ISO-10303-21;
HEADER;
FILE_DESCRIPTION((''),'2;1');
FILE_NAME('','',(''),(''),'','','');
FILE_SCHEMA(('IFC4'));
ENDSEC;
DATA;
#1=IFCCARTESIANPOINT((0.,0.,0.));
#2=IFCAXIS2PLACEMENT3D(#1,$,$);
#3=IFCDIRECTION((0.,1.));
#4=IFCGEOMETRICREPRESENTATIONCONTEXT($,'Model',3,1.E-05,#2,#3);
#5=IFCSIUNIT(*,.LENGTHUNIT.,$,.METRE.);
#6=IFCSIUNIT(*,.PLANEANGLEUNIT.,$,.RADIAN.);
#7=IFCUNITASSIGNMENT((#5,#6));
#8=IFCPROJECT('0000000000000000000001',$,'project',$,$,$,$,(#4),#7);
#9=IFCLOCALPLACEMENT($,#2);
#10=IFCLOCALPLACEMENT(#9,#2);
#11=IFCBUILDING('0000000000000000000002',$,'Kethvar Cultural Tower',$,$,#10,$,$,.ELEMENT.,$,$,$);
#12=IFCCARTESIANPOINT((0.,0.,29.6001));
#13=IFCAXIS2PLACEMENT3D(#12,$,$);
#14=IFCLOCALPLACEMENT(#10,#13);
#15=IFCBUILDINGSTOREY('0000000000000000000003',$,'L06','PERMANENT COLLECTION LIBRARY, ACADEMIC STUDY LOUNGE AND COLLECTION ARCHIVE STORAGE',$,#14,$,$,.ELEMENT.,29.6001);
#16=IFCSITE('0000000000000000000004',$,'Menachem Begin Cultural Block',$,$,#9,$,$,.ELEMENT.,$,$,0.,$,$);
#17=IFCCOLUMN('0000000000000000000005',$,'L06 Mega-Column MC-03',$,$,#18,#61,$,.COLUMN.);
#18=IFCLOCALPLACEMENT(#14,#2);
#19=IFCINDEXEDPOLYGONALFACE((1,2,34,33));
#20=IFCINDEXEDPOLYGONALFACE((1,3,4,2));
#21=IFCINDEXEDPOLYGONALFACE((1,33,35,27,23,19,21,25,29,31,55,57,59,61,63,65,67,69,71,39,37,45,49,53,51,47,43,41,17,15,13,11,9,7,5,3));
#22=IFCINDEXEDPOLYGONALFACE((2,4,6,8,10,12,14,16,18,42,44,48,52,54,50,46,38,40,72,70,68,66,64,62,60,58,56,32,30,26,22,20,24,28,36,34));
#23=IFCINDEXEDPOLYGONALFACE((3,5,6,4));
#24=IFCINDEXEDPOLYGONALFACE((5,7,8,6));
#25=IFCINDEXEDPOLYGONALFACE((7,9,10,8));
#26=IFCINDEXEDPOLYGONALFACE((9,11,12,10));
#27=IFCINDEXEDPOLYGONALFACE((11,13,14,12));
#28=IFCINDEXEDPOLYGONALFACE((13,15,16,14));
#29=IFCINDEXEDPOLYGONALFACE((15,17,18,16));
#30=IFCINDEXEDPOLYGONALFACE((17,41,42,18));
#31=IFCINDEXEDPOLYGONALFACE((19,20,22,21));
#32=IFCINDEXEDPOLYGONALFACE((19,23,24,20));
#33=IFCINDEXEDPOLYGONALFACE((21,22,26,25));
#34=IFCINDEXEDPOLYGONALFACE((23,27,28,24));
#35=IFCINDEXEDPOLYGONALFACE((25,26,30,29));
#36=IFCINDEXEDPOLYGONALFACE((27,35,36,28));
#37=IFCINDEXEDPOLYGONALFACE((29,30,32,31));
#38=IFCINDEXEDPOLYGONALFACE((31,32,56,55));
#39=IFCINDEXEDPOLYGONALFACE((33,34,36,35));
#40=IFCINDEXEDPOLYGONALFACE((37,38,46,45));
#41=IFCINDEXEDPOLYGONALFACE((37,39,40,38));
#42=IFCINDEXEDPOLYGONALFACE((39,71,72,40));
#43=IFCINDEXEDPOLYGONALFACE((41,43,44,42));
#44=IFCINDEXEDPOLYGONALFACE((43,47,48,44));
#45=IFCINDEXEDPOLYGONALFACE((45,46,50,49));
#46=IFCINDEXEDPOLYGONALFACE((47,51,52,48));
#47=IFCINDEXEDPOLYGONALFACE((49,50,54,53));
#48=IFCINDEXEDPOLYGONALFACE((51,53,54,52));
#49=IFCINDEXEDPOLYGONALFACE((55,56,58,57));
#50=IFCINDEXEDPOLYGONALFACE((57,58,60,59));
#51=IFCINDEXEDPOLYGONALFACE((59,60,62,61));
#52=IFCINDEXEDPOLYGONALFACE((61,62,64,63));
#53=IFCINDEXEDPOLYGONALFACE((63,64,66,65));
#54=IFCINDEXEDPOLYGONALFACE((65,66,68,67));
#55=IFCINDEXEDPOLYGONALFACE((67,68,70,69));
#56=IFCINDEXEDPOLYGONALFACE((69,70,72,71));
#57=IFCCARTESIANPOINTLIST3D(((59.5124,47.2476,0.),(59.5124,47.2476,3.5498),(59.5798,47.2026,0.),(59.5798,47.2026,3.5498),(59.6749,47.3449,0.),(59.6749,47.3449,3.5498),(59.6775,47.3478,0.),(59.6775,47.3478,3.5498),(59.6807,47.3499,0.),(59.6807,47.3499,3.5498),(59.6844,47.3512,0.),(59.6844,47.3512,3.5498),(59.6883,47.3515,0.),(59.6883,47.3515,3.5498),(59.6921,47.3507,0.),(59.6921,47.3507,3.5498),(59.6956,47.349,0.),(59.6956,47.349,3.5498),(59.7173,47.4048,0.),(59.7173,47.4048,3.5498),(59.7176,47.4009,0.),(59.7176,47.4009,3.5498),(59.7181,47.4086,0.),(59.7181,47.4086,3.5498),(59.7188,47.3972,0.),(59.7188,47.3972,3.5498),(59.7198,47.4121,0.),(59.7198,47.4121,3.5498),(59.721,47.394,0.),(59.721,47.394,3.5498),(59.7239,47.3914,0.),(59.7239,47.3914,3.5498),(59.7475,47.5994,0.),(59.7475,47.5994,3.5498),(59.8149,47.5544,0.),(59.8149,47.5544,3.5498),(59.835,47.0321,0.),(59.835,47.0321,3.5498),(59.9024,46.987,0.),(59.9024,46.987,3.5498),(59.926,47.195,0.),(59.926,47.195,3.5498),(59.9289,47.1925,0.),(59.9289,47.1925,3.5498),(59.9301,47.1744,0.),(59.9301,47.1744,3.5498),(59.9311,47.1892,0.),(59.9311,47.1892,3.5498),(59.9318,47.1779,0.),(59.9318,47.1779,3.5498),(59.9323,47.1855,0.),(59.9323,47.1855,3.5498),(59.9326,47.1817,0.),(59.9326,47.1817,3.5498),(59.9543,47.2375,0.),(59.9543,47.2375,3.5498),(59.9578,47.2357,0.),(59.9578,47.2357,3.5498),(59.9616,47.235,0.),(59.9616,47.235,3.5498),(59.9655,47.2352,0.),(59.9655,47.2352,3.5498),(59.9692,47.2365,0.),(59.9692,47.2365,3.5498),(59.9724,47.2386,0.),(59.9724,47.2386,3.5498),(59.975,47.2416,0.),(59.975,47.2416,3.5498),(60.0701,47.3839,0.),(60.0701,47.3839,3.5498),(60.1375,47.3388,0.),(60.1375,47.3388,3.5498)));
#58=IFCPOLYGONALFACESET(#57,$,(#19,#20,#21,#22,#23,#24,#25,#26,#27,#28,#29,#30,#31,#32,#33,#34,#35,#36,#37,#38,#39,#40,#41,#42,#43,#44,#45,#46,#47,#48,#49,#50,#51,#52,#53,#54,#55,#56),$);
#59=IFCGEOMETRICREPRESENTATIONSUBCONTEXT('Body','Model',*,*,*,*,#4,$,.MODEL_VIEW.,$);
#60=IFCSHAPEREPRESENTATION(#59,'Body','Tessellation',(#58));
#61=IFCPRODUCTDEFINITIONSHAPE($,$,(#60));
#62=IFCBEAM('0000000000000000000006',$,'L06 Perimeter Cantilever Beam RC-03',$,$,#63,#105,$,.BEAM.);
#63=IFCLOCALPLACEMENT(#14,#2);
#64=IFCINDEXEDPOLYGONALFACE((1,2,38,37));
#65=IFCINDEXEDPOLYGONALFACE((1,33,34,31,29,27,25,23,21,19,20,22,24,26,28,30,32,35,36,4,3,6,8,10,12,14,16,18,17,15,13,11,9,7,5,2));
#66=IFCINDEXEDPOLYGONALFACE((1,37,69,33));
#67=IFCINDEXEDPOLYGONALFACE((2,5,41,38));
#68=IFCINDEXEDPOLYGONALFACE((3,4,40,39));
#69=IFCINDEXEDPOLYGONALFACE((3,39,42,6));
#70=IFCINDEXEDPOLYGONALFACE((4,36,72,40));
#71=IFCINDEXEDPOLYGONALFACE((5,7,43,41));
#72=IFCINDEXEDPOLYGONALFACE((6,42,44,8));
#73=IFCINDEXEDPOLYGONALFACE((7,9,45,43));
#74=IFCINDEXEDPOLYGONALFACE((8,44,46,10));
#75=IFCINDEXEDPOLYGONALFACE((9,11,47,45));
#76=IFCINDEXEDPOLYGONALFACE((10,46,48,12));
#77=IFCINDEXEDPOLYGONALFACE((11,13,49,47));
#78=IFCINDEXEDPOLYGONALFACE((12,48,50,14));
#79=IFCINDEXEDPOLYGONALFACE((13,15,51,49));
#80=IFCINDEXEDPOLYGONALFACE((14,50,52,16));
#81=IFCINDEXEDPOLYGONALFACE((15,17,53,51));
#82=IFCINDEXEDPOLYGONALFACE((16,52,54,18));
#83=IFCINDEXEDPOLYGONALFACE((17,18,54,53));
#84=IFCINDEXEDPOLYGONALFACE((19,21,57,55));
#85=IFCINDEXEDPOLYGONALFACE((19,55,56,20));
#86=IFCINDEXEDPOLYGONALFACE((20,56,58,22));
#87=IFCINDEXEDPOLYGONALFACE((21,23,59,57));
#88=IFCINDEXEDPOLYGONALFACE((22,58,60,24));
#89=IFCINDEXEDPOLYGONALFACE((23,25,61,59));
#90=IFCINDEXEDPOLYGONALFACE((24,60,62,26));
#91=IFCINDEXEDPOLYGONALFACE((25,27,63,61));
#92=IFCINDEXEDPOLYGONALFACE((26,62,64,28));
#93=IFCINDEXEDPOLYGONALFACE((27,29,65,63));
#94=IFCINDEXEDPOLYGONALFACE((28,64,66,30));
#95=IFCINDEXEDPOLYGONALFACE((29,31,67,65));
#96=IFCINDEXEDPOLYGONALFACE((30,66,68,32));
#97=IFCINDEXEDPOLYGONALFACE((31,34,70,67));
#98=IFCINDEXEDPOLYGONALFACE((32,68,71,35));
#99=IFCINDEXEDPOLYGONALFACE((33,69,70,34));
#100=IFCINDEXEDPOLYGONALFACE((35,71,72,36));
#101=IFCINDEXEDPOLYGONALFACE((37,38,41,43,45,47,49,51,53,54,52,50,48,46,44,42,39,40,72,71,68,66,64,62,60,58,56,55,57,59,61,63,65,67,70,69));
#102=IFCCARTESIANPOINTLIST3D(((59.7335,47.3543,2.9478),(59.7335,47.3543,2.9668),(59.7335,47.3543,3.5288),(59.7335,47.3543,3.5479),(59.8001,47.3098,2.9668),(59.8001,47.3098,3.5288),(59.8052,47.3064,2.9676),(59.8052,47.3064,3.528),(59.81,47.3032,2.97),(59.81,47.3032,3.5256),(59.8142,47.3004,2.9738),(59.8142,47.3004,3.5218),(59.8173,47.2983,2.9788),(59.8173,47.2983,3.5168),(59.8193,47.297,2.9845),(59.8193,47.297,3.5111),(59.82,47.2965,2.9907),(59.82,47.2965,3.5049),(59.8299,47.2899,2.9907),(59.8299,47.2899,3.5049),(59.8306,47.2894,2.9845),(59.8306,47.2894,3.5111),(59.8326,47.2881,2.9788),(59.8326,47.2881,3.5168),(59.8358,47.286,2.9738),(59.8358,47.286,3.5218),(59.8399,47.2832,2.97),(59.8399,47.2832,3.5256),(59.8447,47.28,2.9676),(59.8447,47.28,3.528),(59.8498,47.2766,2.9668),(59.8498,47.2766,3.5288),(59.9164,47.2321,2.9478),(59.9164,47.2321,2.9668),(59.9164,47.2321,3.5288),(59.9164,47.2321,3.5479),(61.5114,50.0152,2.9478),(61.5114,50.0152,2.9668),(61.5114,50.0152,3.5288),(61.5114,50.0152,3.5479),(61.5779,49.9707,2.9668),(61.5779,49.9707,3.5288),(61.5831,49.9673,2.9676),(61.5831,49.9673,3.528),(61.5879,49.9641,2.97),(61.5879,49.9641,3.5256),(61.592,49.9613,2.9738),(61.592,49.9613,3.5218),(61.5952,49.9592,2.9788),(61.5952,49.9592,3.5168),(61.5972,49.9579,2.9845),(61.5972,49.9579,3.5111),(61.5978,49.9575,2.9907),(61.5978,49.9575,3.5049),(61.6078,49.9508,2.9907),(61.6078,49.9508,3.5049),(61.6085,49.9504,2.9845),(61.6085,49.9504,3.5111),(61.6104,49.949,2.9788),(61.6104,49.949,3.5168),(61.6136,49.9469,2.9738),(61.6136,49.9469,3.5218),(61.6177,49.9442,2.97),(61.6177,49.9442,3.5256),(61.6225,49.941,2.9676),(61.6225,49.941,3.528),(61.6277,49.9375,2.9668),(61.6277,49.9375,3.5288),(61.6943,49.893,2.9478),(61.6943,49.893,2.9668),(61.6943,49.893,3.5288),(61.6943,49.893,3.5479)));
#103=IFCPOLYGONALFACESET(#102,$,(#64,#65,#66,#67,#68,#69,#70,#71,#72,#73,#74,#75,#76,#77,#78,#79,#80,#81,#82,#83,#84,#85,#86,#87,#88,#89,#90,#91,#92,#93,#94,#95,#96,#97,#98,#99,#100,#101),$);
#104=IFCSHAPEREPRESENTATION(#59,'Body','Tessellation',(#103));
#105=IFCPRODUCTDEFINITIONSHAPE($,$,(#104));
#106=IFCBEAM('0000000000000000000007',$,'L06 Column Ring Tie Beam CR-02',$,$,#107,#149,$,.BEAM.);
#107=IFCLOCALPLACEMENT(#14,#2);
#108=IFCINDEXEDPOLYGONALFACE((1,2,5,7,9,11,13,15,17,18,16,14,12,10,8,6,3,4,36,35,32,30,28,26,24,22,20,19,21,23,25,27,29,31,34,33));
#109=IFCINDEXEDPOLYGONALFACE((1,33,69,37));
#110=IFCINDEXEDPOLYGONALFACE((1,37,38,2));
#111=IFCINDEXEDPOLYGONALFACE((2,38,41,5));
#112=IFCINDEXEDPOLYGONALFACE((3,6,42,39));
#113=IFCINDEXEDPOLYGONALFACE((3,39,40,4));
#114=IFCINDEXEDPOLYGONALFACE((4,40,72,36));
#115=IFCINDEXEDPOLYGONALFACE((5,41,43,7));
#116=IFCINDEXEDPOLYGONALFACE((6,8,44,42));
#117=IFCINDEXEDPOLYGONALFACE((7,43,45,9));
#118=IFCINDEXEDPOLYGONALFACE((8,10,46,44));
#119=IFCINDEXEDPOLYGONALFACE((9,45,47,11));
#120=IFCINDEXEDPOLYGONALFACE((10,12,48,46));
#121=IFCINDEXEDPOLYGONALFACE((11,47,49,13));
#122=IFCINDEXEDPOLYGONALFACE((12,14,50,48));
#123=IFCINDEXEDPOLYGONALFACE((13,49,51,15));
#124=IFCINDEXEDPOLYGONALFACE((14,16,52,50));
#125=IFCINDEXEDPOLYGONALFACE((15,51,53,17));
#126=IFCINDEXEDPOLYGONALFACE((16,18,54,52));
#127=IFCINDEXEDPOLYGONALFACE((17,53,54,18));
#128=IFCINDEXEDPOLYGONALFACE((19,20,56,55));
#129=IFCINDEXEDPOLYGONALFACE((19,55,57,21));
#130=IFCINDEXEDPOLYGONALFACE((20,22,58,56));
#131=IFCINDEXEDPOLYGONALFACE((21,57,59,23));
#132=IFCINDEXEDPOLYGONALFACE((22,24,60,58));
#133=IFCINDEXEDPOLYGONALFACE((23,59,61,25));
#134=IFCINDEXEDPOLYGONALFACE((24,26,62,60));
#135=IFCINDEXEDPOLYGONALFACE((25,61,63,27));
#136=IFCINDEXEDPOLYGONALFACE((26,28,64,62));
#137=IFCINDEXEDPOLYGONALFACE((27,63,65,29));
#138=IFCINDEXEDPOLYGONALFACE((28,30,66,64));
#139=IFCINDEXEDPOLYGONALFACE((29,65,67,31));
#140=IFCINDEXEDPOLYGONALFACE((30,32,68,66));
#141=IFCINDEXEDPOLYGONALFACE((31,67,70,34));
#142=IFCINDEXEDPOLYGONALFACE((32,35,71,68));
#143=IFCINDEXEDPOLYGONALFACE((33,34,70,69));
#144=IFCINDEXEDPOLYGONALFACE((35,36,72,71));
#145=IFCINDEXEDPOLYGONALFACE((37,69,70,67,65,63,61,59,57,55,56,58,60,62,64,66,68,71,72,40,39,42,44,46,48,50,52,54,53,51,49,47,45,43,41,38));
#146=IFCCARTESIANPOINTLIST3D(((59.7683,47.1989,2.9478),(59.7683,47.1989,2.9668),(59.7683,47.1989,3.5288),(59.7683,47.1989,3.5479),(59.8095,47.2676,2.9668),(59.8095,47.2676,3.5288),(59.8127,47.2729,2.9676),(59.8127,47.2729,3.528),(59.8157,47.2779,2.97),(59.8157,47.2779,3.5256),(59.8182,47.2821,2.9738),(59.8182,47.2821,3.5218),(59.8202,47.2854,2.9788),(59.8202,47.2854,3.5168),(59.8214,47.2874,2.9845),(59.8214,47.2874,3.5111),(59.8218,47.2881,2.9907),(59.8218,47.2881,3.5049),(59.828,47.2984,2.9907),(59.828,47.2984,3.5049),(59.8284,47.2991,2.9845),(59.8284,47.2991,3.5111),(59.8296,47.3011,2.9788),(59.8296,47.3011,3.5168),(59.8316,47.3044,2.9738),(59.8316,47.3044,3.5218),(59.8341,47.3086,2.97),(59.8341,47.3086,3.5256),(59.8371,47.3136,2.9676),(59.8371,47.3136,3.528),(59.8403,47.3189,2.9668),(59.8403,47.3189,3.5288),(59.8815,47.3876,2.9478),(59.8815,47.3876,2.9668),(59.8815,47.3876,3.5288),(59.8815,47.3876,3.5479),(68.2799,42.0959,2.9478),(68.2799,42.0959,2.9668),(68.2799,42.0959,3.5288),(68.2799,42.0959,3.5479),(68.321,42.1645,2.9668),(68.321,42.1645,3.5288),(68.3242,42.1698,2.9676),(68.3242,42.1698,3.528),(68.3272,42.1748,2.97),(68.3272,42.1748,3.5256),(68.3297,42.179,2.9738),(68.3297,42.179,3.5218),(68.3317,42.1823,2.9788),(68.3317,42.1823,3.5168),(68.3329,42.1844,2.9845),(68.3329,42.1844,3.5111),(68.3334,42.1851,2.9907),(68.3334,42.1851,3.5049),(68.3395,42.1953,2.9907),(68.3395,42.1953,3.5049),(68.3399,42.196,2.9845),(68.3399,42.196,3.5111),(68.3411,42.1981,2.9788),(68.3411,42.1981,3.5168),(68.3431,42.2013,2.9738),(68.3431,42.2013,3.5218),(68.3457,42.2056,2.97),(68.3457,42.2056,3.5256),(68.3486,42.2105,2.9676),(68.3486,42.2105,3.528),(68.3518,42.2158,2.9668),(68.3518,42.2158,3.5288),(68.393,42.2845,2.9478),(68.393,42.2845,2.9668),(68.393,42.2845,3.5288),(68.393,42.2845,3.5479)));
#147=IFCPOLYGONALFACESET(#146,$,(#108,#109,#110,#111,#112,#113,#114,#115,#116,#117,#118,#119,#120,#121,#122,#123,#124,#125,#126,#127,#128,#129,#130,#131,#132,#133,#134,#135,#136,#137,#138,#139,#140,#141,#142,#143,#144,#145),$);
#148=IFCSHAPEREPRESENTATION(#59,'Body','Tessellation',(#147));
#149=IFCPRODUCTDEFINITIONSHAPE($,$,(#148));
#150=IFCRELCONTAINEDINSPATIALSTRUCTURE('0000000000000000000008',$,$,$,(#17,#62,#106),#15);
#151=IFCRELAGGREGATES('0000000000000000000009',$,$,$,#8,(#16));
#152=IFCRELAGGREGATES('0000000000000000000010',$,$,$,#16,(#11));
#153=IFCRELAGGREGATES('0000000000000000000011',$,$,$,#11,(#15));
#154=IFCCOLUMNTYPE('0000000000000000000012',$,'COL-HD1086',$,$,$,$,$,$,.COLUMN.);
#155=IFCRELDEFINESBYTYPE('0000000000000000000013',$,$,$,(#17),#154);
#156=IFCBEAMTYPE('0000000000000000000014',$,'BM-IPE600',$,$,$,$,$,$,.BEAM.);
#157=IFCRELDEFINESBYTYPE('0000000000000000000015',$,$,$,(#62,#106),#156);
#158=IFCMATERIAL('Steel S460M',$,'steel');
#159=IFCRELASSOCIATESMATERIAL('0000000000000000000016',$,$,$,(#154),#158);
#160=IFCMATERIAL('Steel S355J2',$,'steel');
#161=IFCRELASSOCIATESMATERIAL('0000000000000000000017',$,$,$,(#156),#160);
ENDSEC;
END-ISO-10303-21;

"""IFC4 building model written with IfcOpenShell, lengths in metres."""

from ifc_helpers import new_model, si_unit, direction, frame, origin, origin_2d, place, context, subcontext, project, spatial, i_section, extrude, source, transform, mapped, material, material_profile, profile_set, type_object, element, save


model = new_model("IFC4")

# Units and contexts
model_context = context("Model", 3, precision=1e-05, world=origin(), true_north=direction((0.0, 1.0)))
body_context = subcontext(model_context, "Body", "Model", "MODEL_VIEW")
ifc_project = project(units=[si_unit("LENGTHUNIT", "METRE"), si_unit("PLANEANGLEUNIT", "RADIAN")], contexts=[model_context])

# Site, building, storey
site_placement = place(None, origin())
site = spatial("IfcSite", under=ifc_project, at=site_placement, Name="Menachem Begin Cultural Block", CompositionType="ELEMENT", RefElevation=0.0)
building_placement = place(site_placement, origin())
building = spatial("IfcBuilding", under=site, at=building_placement, Name="Kethvar Cultural Tower", CompositionType="ELEMENT")
storey_placement = place(building_placement, frame((0.0, 0.0, 29.6001)))
storey = spatial("IfcBuildingStorey", under=building, at=storey_placement, Name="L06", Description="PERMANENT COLLECTION LIBRARY, ACADEMIC STUDY LOUNGE AND COLLECTION ARCHIVE STORAGE", CompositionType="ELEMENT", Elevation=29.6001)

# Column
ifc_material_1 = material(Name="Steel S460M", Category="steel")
ifc_material_profile_1 = material_profile(ifc_material_1, i_section(OverallWidth=0.4231, OverallDepth=0.469, WebThickness=0.051, FlangeThickness=0.0811, FilletRadius=0.0149, at=origin_2d()), Name="Steel S460M — HD400x1086")
ifc_profile_set_1 = profile_set([ifc_material_profile_1], Name="Steel S460M — HD400x1086")
column_type = type_object("IfcColumnType", Name="COL-HD1086", PredefinedType="COLUMN", material=ifc_profile_set_1)
shared_shape_1 = source(origin(), body_context, "Body", "SweptSolid", [
    extrude(i_section(OverallWidth=0.4231, OverallDepth=0.469, WebThickness=0.051, FlangeThickness=0.0811, FilletRadius=0.0149, at=origin_2d()), origin(), (0.0, 0.0, 1.0), 3.5498),
])
column_placement = place(storey_placement, frame((59.825, 47.2932, 0.0), z_axis=(0.0, 0.0, 1.0), x_axis=(0.55557, 0.83147, 0.0)))
element("IfcColumn", 1, at=column_placement, inside=storey, type_object=column_type, Name="L06 Mega-Column MC-03", PredefinedType="COLUMN", context=body_context, shape_type="MappedRepresentation", body=[
    mapped(shared_shape_1, transform((0.0, 0.0, 0.0), scale=1.0)),
])

# Beams
ifc_material_2 = material(Name="Steel S355J2", Category="steel")
ifc_material_profile_2 = material_profile(ifc_material_2, i_section(OverallWidth=0.22, OverallDepth=0.6001, WebThickness=0.012, FlangeThickness=0.019, FilletRadius=0.0239, at=origin_2d()), Name="Steel S355J2 — IPE600")
ifc_profile_set_2 = profile_set([ifc_material_profile_2], Name="Steel S355J2 — IPE600")
beam_type_1 = type_object("IfcBeamType", Name="BM-IPE600", PredefinedType="BEAM", material=ifc_profile_set_2)
shared_shape_2 = source(origin(), body_context, "Body", "SweptSolid", [
    extrude(i_section(OverallWidth=0.22, OverallDepth=0.6001, WebThickness=0.012, FlangeThickness=0.019, FilletRadius=0.0239, at=origin_2d()), origin(), (0.0, 0.0, 1.0), 3.2002),
])
beam_1_placement = place(storey_placement, frame((59.825, 47.2932, 3.2478), z_axis=(0.555545, 0.831486, 0.0), x_axis=(-0.831486, 0.555545, 0.0)))
element("IfcBeam", 2, at=beam_1_placement, inside=storey, type_object=beam_type_1, Name="L06 Perimeter Cantilever Beam RC-03", PredefinedType="BEAM", context=body_context, shape_type="MappedRepresentation", body=[
    mapped(shared_shape_2, transform((0.0, 0.0, 0.0), scale=1.0)),
])
shared_shape_3 = source(origin(), body_context, "Body", "SweptSolid", [
    extrude(i_section(OverallWidth=0.22, OverallDepth=0.6001, WebThickness=0.012, FlangeThickness=0.019, FilletRadius=0.0239, at=origin_2d()), origin(), (0.0, 0.0, 1.0), 9.9241),
])
beam_2_placement = place(storey_placement, frame((68.3364, 42.1902, 3.2478), z_axis=(-0.857664, 0.51421, 0.0), x_axis=(-0.51421, -0.857664, 0.0)))
element("IfcBeam", 3, at=beam_2_placement, inside=storey, type_object=beam_type_1, Name="L06 Column Ring Tie Beam CR-02", PredefinedType="BEAM", context=body_context, shape_type="MappedRepresentation", body=[
    mapped(shared_shape_3, transform((0.0, 0.0, 0.0), scale=1.0)),
])

save(model, "model.ifc")
